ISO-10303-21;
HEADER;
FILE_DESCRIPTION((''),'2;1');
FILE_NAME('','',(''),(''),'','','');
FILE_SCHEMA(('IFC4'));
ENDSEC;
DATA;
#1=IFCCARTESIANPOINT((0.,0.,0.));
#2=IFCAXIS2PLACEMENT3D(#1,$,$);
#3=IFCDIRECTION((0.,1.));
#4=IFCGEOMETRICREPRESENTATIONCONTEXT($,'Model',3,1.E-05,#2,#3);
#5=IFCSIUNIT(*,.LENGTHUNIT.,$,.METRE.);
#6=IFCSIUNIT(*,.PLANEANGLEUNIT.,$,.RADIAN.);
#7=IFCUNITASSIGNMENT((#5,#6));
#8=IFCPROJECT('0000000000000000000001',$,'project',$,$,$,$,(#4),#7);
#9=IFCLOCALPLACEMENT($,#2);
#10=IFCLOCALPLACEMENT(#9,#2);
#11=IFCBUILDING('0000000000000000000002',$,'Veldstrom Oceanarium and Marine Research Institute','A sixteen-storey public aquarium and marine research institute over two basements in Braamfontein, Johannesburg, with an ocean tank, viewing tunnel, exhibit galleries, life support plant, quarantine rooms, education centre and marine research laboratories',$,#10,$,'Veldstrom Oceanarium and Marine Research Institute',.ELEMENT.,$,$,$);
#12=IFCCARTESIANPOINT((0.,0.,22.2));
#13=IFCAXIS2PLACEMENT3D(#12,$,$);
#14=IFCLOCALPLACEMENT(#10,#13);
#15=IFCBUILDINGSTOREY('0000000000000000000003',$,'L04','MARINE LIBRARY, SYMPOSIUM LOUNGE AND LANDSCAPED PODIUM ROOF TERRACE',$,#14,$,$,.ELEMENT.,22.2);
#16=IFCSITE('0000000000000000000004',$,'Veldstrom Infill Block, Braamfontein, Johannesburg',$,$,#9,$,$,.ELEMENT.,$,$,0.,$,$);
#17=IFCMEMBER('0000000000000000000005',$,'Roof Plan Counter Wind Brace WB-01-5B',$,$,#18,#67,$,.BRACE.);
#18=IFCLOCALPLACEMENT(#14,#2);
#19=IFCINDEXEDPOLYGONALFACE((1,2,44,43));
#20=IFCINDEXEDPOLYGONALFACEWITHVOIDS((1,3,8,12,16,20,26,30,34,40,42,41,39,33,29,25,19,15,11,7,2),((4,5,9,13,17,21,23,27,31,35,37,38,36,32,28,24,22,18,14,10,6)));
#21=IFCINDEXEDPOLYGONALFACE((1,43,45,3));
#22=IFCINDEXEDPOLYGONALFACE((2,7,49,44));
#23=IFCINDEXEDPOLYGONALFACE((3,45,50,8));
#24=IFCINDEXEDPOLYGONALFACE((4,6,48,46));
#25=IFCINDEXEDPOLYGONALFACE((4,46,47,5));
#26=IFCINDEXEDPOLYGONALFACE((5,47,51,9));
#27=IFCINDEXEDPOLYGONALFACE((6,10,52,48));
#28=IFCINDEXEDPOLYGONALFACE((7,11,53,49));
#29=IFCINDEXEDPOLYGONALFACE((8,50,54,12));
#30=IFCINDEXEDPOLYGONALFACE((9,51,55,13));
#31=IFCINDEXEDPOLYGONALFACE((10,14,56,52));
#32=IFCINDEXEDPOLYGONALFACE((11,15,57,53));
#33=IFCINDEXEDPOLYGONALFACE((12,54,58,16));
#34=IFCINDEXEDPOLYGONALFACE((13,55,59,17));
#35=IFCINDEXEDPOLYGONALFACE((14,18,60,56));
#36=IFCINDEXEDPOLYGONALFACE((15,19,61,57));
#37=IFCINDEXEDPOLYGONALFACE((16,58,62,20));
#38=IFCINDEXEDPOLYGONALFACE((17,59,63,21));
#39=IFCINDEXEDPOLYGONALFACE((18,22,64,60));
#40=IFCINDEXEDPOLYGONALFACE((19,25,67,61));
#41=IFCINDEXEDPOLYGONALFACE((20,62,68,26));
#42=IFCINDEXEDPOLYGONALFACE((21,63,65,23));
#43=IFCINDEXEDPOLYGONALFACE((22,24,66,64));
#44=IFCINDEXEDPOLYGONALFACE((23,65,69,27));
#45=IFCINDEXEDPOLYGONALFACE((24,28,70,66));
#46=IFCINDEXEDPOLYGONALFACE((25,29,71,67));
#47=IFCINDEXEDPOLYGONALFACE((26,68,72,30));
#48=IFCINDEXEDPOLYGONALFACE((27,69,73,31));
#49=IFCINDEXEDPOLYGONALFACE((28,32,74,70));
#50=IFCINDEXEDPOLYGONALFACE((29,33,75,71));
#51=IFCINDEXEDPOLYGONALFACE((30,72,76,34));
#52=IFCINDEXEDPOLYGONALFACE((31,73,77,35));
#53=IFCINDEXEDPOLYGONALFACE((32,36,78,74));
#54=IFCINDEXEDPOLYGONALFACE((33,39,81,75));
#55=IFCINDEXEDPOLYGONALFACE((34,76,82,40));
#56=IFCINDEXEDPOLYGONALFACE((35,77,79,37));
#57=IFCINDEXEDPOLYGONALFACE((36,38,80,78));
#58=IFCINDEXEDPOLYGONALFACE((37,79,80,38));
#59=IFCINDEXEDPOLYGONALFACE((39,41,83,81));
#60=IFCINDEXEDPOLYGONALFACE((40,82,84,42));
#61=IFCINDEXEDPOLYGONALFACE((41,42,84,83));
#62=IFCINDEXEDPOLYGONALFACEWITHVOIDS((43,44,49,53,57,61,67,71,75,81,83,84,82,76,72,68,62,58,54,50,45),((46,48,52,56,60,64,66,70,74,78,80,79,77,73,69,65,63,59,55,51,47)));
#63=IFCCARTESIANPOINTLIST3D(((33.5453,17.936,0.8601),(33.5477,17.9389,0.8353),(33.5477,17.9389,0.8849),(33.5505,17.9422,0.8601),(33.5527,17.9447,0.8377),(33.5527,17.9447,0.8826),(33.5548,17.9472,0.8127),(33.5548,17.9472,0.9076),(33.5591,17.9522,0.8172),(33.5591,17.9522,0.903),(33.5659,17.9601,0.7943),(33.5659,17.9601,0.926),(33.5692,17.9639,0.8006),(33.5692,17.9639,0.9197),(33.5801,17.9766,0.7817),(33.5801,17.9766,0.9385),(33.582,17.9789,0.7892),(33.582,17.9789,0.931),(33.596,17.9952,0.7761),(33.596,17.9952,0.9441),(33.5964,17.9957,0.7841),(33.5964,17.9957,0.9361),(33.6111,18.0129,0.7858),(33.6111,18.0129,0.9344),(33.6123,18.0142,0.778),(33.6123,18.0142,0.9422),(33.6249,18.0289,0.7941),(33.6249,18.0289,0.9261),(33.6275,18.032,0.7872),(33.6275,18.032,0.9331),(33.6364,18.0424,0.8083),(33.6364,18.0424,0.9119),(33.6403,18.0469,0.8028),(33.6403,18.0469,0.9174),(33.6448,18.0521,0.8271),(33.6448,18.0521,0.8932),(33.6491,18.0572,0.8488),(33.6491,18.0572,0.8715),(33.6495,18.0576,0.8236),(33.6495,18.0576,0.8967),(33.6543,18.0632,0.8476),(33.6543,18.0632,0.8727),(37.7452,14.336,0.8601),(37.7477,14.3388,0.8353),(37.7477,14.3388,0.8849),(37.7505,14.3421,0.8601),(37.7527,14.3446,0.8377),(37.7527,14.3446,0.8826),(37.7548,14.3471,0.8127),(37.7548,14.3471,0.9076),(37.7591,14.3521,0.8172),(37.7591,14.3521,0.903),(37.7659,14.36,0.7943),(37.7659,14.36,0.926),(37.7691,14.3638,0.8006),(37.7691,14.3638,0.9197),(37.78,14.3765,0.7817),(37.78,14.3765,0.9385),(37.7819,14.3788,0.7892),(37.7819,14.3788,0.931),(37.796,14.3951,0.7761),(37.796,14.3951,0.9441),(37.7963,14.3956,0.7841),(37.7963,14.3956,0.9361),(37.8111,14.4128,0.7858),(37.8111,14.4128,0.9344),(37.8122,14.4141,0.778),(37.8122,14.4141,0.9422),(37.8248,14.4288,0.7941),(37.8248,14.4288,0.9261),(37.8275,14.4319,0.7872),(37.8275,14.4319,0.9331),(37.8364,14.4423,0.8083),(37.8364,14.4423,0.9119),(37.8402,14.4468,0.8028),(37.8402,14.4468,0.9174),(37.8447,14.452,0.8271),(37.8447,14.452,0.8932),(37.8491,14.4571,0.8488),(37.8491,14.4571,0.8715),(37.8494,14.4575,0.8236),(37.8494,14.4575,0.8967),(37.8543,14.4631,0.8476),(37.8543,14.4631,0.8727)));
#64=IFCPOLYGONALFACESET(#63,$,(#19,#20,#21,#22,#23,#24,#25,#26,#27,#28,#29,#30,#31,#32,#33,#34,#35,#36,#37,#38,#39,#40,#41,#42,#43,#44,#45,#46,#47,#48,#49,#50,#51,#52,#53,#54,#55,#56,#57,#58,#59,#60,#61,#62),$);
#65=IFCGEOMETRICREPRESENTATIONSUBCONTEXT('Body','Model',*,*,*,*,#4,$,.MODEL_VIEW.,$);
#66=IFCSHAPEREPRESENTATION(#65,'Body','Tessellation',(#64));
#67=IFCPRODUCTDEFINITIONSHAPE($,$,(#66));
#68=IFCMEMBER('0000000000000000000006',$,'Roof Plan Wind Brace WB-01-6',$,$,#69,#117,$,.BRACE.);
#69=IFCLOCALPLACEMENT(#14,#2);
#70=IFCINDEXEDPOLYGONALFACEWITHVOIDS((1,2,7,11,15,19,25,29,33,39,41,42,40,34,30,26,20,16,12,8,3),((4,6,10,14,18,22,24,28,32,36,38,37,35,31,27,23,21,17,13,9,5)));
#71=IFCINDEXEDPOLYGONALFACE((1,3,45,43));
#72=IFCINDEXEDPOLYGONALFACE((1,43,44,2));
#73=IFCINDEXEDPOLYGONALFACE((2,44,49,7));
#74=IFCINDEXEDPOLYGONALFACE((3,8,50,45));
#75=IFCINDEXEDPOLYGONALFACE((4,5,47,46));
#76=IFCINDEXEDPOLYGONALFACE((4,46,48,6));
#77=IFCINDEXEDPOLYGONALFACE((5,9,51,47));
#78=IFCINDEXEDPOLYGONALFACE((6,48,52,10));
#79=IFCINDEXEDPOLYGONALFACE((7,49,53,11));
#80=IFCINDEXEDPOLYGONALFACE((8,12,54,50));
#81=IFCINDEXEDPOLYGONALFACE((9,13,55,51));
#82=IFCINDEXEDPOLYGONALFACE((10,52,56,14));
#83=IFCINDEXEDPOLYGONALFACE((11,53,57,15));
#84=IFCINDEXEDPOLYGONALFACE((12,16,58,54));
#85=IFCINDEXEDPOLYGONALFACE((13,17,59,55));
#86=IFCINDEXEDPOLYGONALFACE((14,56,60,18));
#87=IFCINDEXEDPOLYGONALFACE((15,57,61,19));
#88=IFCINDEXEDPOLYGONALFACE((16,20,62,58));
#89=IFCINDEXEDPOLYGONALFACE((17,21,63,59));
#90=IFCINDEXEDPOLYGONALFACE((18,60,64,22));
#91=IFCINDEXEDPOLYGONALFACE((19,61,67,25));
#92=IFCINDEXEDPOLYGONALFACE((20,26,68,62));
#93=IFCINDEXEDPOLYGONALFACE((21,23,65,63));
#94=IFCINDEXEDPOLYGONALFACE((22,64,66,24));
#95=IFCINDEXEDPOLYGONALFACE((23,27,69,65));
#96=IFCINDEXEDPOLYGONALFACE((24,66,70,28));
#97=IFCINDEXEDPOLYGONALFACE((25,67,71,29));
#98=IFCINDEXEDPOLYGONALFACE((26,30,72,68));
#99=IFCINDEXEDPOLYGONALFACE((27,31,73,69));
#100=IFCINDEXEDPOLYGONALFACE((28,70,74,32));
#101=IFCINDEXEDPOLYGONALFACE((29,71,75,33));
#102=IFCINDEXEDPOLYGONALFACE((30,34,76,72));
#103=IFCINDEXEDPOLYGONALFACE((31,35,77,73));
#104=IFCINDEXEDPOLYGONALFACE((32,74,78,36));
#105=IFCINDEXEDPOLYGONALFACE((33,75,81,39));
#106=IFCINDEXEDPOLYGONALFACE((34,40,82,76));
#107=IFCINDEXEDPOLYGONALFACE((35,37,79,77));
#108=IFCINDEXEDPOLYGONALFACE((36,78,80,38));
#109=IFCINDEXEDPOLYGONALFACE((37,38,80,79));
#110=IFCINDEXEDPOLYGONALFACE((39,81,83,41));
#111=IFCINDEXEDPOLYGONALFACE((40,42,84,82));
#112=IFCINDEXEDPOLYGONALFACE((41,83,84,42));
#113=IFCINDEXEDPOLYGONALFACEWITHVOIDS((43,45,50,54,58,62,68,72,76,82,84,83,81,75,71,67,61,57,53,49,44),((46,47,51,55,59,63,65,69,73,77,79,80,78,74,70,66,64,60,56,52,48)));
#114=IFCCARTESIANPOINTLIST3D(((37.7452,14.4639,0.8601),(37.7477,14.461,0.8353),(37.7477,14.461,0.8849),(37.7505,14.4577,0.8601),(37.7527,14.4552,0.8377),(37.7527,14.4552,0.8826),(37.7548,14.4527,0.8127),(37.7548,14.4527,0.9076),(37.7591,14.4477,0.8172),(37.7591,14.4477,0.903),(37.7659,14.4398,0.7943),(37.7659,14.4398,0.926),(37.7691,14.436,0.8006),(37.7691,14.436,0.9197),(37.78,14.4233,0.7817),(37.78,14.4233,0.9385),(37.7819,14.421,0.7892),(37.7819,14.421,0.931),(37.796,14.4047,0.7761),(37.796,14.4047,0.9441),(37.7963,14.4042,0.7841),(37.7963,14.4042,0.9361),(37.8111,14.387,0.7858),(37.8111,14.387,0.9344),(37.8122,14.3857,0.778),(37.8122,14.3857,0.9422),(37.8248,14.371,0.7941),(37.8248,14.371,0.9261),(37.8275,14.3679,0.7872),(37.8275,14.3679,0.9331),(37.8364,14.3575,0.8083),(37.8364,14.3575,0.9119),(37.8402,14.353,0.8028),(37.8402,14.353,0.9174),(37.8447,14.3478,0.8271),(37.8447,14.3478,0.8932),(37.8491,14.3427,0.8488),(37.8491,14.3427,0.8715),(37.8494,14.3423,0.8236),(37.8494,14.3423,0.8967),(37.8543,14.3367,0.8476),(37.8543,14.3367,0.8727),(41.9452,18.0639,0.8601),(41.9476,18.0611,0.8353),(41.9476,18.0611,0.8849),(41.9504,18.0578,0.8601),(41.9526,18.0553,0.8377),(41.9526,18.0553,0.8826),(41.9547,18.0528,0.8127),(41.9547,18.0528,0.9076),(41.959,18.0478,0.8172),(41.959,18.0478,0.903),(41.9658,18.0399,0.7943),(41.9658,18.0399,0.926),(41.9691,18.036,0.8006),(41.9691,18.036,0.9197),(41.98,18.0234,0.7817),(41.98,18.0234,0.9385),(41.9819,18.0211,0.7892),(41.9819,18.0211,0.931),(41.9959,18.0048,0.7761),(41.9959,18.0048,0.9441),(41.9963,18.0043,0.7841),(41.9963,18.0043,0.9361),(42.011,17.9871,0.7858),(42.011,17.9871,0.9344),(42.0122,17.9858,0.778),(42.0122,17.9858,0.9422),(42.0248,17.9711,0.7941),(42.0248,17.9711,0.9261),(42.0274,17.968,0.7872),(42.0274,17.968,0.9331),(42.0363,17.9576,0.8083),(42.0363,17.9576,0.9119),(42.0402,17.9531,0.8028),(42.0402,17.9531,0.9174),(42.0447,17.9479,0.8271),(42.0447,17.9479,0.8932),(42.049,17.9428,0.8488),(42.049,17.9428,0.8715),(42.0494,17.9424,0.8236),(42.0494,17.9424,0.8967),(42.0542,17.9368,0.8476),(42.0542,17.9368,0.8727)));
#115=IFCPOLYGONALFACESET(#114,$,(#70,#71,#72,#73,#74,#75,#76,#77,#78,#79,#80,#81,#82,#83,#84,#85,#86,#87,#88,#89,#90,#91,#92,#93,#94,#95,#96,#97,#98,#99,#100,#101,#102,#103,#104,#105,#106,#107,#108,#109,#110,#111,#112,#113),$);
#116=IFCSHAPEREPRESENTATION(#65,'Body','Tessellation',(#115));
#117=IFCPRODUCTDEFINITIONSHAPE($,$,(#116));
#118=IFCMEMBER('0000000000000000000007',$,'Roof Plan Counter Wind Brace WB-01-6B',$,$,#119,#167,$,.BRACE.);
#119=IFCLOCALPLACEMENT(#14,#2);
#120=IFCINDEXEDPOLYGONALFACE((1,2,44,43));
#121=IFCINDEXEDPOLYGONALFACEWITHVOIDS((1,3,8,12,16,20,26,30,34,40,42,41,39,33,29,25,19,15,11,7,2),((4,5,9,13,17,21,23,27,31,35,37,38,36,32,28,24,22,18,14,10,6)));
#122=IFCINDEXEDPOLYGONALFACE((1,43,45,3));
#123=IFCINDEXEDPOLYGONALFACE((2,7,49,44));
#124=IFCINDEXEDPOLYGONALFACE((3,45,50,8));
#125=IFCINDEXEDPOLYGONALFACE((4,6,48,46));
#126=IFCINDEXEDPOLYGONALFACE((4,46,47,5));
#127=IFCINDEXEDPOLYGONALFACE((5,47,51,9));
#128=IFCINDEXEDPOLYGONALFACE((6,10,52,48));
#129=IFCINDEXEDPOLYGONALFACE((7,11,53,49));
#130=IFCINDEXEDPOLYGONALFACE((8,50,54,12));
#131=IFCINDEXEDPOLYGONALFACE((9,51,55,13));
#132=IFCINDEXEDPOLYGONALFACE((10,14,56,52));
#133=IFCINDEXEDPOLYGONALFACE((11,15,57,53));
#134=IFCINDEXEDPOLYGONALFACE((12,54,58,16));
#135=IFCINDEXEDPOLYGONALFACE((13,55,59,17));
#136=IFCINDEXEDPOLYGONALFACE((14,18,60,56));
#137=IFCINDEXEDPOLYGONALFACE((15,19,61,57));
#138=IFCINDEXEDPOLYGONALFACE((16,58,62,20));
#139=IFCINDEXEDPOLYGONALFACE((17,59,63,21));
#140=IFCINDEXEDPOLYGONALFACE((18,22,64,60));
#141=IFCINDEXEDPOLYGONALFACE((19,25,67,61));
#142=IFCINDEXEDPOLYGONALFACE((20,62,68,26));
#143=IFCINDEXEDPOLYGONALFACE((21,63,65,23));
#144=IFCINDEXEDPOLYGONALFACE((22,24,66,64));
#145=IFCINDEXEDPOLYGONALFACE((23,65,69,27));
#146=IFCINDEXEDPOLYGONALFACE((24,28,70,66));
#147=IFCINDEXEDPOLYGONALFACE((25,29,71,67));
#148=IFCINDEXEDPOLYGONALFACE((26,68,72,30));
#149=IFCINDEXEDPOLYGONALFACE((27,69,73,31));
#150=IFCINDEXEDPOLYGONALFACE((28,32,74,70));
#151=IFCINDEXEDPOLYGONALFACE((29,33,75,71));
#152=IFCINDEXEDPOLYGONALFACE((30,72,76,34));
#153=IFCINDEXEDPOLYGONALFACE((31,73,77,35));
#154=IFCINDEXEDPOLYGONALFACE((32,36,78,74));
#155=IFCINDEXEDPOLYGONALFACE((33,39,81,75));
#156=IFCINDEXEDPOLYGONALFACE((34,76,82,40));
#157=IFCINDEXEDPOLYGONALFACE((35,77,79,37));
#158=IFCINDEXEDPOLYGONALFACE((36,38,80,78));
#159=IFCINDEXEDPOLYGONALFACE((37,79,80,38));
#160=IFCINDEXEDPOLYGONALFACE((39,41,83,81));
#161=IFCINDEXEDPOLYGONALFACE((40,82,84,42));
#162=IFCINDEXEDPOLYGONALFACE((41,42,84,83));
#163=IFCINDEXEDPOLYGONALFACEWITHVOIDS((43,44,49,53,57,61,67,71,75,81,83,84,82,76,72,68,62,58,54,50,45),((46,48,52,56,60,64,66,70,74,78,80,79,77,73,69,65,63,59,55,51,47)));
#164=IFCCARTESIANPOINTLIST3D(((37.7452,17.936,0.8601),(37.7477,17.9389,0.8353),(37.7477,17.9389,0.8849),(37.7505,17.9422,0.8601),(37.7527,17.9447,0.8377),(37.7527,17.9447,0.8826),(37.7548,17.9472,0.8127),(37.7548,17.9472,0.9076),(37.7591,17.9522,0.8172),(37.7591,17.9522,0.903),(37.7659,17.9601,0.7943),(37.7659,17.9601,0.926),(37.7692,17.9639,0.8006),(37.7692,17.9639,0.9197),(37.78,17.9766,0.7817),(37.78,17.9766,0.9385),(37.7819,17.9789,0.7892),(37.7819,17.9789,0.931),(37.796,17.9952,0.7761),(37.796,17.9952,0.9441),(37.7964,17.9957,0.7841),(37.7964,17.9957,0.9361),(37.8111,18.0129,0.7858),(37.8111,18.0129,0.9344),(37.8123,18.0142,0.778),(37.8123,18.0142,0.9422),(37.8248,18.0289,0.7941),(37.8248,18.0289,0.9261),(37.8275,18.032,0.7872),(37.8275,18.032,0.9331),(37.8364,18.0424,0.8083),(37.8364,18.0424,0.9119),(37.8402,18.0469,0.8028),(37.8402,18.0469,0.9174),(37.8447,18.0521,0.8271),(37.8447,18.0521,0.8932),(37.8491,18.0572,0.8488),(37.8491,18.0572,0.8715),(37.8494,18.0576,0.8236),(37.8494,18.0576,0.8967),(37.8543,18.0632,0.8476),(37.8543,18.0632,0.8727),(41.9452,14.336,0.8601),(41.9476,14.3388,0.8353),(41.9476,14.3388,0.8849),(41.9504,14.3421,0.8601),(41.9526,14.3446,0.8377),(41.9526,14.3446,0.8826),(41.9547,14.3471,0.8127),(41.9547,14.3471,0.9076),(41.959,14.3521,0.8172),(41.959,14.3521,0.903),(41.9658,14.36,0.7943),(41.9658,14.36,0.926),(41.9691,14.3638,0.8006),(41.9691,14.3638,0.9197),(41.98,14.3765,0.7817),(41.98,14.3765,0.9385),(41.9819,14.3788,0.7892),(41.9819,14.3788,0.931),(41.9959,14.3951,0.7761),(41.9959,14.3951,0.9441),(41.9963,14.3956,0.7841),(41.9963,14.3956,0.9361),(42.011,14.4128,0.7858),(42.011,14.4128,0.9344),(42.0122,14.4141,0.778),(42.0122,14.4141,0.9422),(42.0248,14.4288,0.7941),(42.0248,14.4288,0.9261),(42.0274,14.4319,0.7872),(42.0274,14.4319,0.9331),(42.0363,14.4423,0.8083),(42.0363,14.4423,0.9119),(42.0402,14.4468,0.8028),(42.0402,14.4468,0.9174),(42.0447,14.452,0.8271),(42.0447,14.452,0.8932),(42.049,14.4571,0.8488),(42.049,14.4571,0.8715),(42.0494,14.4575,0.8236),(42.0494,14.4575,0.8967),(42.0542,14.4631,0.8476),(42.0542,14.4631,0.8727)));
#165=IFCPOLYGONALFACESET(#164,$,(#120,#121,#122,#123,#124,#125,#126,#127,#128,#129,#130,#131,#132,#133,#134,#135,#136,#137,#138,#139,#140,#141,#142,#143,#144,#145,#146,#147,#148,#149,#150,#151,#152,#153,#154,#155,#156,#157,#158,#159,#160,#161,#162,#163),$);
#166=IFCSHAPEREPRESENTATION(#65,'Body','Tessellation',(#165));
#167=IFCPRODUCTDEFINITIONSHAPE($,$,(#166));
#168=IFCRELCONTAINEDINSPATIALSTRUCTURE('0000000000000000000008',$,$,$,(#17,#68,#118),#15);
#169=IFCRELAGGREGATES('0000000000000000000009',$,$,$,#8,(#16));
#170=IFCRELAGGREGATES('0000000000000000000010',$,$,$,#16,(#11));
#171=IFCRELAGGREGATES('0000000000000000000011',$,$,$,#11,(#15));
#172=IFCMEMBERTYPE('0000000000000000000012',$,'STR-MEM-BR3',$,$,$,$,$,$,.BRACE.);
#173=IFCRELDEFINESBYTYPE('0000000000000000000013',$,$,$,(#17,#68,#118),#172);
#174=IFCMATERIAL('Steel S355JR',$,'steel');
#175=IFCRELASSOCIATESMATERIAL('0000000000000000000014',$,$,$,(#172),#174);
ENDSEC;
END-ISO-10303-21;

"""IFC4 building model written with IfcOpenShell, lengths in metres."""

from ifc_helpers import new_model, si_unit, direction, frame, origin, origin_2d, place, context, subcontext, project, spatial, hollow_circle, extrude, material, material_profile, profile_set, type_object, element, save


model = new_model("IFC4")

# Units and contexts
model_context = context("Model", 3, precision=1e-05, world=origin(), true_north=direction((0.0, 1.0)))
body_context = subcontext(model_context, "Body", "Model", "MODEL_VIEW")
ifc_project = project(units=[si_unit("LENGTHUNIT", "METRE"), si_unit("PLANEANGLEUNIT", "RADIAN")], contexts=[model_context])

# Site, building, storey
site_placement = place(None, origin())
site = spatial("IfcSite", under=ifc_project, at=site_placement, Name="Veldstrom Infill Block, Braamfontein, Johannesburg", CompositionType="ELEMENT", RefElevation=0.0)
building_placement = place(site_placement, origin())
building = spatial("IfcBuilding", under=site, at=building_placement, Name="Veldstrom Oceanarium and Marine Research Institute", Description="A sixteen-storey public aquarium and marine research institute over two basements in Braamfontein, Johannesburg, with an ocean tank, viewing tunnel, exhibit galleries, life support plant, quarantine rooms, education centre and marine research laboratories", LongName="Veldstrom Oceanarium and Marine Research Institute", CompositionType="ELEMENT")
storey_placement = place(building_placement, frame((0.0, 0.0, 22.2)))
storey = spatial("IfcBuildingStorey", under=building, at=storey_placement, Name="L04", Description="MARINE LIBRARY, SYMPOSIUM LOUNGE AND LANDSCAPED PODIUM ROOF TERRACE", CompositionType="ELEMENT", Elevation=22.2)

# Members
ifc_material_1 = material(Name="Steel S355JR", Category="steel")
ifc_material_profile_1 = material_profile(ifc_material_1, hollow_circle(Radius=0.0842, WallThickness=0.0081, at=origin_2d()), Name="CHS 168.3x8")
ifc_profile_set_1 = profile_set([ifc_material_profile_1], Name="Steel S355JR")
member_type_1 = type_object("IfcMemberType", Name="STR-MEM-BR3", PredefinedType="BRACE", material=ifc_profile_set_1)
for number, where, z_axis, x_axis, name in (
    (1, (37.8, 14.3999, 0.8601), (-0.759244, 0.650806, 0.0), (-0.650806, -0.759244, 0.0), "Roof Plan Counter Wind Brace WB-01-5B"),
    (2, (37.8, 14.3999, 0.8601), (0.759244, 0.650806, 0.0), (-0.650806, 0.759244, 0.0), "Roof Plan Wind Brace WB-01-6"),
    (3, (42.0, 14.3999, 0.8601), (-0.759244, 0.650806, 0.0), (-0.650806, -0.759244, 0.0), "Roof Plan Counter Wind Brace WB-01-6B"),
):
    element("IfcMember", number, at=place(storey_placement, frame(where, z_axis=z_axis, x_axis=x_axis)), inside=storey, type_object=member_type_1, Name=name, PredefinedType="BRACE", context=body_context, shape_type="SweptSolid", body=[
        extrude(hollow_circle(Radius=0.0842, WallThickness=0.0081, at=origin_2d()), origin(), (0.0, 0.0, 1.0), 5.5317),
    ])

save(model, "model.ifc")
